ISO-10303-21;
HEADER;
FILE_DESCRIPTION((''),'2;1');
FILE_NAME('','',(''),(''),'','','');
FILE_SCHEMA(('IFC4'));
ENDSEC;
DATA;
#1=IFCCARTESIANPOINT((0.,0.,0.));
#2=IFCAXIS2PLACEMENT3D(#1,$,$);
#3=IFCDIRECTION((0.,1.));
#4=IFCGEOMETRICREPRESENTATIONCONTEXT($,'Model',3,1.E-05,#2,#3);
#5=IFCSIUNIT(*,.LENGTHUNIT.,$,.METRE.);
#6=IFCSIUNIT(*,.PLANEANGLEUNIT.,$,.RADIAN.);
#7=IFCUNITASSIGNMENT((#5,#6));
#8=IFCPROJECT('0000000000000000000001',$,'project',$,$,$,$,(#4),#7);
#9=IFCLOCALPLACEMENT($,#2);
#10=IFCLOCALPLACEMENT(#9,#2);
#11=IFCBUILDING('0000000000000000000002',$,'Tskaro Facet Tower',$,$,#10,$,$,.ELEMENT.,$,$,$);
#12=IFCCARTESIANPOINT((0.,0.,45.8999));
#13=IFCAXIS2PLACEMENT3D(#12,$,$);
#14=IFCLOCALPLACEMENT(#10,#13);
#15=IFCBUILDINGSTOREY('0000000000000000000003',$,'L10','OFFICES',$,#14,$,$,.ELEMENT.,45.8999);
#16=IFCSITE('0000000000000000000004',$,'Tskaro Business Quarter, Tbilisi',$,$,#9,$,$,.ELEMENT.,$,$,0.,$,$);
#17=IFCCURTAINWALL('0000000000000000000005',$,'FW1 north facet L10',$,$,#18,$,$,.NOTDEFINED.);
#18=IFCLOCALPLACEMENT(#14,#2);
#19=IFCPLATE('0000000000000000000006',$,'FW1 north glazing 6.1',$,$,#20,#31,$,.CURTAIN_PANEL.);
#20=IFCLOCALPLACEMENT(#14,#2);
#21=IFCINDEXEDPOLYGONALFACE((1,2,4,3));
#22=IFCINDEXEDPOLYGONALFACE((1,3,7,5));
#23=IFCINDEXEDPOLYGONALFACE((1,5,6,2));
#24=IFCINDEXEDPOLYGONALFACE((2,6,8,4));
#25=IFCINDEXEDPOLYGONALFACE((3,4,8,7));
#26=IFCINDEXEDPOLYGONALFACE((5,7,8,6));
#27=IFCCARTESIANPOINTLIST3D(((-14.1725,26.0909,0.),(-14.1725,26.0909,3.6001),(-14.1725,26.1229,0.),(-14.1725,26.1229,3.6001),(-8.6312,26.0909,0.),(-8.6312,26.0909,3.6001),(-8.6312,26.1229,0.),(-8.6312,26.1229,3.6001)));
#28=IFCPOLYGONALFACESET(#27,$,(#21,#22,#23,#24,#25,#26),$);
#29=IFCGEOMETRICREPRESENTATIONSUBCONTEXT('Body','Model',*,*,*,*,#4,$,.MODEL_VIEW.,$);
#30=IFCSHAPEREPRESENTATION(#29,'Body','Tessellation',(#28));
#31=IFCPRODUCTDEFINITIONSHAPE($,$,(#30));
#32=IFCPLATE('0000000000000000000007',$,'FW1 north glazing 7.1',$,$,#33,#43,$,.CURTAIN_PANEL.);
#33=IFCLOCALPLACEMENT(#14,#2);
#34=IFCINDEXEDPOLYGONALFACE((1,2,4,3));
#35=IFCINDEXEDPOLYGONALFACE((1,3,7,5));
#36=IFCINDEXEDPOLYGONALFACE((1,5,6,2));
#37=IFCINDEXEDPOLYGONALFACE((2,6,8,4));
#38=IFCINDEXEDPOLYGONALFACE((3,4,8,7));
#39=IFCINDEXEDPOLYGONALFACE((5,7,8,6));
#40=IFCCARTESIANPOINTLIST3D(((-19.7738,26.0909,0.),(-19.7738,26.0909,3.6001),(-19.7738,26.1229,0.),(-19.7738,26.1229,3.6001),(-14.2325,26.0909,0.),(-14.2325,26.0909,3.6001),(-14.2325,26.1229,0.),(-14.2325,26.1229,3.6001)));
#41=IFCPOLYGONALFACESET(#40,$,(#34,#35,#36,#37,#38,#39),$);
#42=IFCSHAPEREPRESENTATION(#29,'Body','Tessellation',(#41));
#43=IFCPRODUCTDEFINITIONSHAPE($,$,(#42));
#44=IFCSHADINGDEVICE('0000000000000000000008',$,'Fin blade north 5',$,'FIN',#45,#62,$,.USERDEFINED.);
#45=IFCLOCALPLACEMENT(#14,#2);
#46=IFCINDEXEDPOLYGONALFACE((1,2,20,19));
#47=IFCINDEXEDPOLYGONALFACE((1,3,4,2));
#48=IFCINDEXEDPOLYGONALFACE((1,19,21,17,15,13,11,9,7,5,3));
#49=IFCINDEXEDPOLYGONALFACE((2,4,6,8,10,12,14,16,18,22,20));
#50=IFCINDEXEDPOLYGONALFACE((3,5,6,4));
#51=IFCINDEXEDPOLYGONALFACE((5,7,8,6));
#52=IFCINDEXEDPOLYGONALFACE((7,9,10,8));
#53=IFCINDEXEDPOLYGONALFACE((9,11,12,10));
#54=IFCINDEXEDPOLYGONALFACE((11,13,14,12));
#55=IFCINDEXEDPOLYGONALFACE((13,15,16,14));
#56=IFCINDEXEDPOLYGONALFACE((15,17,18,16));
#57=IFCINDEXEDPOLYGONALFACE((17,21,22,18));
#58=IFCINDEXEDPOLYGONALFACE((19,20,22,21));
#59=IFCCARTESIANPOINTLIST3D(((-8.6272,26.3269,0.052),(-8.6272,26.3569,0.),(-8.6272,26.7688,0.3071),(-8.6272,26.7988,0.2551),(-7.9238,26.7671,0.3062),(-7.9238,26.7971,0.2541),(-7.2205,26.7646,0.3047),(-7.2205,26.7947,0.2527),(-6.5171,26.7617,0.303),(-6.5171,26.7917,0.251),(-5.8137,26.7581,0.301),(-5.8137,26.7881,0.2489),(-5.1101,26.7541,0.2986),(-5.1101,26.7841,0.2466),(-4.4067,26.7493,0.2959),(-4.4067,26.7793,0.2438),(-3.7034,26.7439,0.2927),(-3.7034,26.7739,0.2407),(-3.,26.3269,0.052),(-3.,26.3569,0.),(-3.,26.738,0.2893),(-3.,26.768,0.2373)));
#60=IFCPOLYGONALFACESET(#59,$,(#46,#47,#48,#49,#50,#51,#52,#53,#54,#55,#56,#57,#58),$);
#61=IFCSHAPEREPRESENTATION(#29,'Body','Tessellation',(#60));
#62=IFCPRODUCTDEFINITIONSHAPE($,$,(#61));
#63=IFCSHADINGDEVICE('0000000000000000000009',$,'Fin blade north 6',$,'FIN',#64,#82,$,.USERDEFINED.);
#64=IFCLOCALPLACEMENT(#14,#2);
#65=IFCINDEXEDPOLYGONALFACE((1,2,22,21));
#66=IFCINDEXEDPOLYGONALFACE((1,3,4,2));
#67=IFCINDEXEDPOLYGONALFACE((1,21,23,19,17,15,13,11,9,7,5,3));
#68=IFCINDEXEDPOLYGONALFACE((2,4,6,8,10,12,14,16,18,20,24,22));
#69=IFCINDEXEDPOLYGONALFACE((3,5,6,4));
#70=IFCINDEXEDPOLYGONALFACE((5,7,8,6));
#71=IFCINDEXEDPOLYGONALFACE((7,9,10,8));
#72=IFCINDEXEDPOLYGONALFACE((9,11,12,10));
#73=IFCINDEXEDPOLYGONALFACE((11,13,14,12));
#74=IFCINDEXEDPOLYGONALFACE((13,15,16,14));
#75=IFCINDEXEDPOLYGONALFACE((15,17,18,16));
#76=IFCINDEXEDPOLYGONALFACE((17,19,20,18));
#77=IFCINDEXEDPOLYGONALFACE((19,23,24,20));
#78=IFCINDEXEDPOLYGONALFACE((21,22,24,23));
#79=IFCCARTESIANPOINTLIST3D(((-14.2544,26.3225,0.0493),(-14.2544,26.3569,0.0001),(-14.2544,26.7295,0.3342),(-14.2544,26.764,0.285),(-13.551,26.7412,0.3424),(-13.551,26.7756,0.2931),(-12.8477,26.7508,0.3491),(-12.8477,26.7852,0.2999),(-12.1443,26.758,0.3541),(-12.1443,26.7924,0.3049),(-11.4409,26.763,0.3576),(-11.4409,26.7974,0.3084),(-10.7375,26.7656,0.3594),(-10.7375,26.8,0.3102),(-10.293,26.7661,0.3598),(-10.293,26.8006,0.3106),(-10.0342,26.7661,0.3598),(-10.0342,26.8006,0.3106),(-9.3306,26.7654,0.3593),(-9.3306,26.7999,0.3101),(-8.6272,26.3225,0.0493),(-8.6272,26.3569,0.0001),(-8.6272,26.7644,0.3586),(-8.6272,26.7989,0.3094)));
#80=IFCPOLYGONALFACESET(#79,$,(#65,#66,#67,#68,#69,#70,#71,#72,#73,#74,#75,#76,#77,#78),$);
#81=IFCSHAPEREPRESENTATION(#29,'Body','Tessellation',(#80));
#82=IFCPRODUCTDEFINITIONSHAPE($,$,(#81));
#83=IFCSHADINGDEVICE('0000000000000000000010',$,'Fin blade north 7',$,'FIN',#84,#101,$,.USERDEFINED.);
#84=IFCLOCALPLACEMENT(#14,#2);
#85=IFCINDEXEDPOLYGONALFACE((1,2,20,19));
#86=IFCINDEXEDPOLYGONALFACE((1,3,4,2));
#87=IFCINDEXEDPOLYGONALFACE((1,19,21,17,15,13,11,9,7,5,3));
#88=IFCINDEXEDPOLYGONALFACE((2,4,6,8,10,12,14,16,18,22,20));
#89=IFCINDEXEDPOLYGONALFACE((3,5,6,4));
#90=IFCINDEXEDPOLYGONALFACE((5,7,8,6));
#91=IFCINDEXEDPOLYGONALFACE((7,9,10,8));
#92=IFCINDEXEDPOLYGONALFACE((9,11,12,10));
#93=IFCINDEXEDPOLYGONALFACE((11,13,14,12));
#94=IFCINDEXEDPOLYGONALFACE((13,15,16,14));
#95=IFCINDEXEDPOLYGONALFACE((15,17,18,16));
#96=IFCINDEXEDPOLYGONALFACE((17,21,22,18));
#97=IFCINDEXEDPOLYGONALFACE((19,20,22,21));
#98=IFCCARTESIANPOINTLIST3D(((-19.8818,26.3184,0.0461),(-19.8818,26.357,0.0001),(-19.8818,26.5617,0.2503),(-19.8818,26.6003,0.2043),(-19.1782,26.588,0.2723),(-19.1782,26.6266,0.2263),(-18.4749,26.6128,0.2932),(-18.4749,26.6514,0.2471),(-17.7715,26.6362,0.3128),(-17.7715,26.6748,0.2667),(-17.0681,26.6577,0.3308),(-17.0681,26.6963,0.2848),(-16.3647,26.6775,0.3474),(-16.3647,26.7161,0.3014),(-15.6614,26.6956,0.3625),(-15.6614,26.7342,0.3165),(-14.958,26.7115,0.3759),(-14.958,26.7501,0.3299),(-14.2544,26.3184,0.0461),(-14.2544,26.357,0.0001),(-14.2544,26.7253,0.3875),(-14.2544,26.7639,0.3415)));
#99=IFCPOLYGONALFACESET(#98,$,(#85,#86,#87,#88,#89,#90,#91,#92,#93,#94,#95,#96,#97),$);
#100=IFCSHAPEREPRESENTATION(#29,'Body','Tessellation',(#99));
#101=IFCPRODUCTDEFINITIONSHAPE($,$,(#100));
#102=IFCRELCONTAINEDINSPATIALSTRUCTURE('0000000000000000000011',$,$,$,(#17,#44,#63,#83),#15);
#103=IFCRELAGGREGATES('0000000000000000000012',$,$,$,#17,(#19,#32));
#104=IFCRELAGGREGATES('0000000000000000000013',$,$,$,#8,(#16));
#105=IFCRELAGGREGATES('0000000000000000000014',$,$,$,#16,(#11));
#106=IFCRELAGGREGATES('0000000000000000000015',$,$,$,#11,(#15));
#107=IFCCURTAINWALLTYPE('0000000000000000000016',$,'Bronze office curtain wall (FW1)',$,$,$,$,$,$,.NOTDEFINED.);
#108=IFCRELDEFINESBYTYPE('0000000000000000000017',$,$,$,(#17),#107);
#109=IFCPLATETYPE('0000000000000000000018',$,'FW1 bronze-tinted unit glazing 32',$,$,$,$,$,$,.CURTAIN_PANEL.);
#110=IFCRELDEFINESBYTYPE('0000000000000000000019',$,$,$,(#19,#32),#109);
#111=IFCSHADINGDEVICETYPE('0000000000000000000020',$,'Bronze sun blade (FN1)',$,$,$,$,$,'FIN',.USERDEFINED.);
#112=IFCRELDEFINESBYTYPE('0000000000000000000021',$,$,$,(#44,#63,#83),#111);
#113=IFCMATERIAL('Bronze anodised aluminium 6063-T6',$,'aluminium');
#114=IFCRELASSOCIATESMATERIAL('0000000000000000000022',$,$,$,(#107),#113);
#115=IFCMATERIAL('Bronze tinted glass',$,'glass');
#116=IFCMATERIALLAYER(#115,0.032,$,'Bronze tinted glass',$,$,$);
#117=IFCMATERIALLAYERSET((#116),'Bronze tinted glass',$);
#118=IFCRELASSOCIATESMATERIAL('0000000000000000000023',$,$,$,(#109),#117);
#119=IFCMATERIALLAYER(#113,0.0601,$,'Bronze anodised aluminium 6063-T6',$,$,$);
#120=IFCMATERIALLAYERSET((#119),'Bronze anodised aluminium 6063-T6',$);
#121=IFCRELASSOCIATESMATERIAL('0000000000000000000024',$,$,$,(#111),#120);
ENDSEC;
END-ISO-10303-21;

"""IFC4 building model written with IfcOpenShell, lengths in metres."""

from ifc_helpers import new_model, si_unit, direction, frame, origin, origin_2d, place, context, subcontext, project, spatial, polyline, rectangle, outline, extrude, material, layer, layer_set, type_object, element, aggregate, save


model = new_model("IFC4")

# Units and contexts
model_context = context("Model", 3, precision=1e-05, world=origin(), true_north=direction((0.0, 1.0)))
body_context = subcontext(model_context, "Body", "Model", "MODEL_VIEW")
ifc_project = project(units=[si_unit("LENGTHUNIT", "METRE"), si_unit("PLANEANGLEUNIT", "RADIAN")], contexts=[model_context])

# Site, building, storey
site_placement = place(None, origin())
site = spatial("IfcSite", under=ifc_project, at=site_placement, Name="Tskaro Business Quarter, Tbilisi", CompositionType="ELEMENT", RefElevation=0.0)
building_placement = place(site_placement, origin())
building = spatial("IfcBuilding", under=site, at=building_placement, Name="Tskaro Facet Tower", CompositionType="ELEMENT")
storey_placement = place(building_placement, frame((0.0, 0.0, 45.8999)))
storey = spatial("IfcBuildingStorey", under=building, at=storey_placement, Name="L10", Description="OFFICES", CompositionType="ELEMENT", Elevation=45.8999)

# Curtain wall
ifc_material_1 = material(Name="Bronze anodised aluminium 6063-T6", Category="aluminium")
curtain_wall_type = type_object("IfcCurtainWallType", Name="Bronze office curtain wall (FW1)", PredefinedType="NOTDEFINED", material=ifc_material_1)
curtain_wall_placement = place(storey_placement, origin())
curtain_wall = element("IfcCurtainWall", 1, at=curtain_wall_placement, inside=storey, type_object=curtain_wall_type, Name="FW1 north facet L10", PredefinedType="NOTDEFINED")

# Plates
ifc_material_2 = material(Name="Bronze tinted glass", Category="glass")
ifc_layer_1 = layer(ifc_material_2, 0.032, Name="Bronze tinted glass")
ifc_layer_set_1 = layer_set([ifc_layer_1], Name="Bronze tinted glass")
plate_type = type_object("IfcPlateType", Name="FW1 bronze-tinted unit glazing 32", PredefinedType="CURTAIN_PANEL", material=ifc_layer_set_1)
plate_1_placement = place(storey_placement, frame((-11.4019, 26.1069, 0.0), z_axis=(0.0, 0.0, 1.0), x_axis=(-1.0, 0.0, 0.0)))
plate_1 = element("IfcPlate", 2, at=plate_1_placement, type_object=plate_type, Name="FW1 north glazing 6.1", PredefinedType="CURTAIN_PANEL", context=body_context, shape_type="SweptSolid", body=[
    extrude(rectangle(XDim=5.5413, YDim=0.032, at=origin_2d()), origin(), (0.0, 0.0, 1.0), 3.6001),
])
plate_2_placement = place(storey_placement, frame((-17.0032, 26.1069, 0.0), z_axis=(0.0, 0.0, 1.0), x_axis=(-1.0, 0.0, 0.0)))
plate_2 = element("IfcPlate", 3, at=plate_2_placement, type_object=plate_type, Name="FW1 north glazing 7.1", PredefinedType="CURTAIN_PANEL", context=body_context, shape_type="SweptSolid", body=[
    extrude(rectangle(XDim=5.5413, YDim=0.032, at=origin_2d()), origin(), (0.0, 0.0, 1.0), 3.6001),
])
aggregate(curtain_wall, [plate_1, plate_2])

# Shading devices
ifc_layer_2 = layer(ifc_material_1, 0.0601, Name="Bronze anodised aluminium 6063-T6")
ifc_layer_set_2 = layer_set([ifc_layer_2], Name="Bronze anodised aluminium 6063-T6")
shading_device_type = type_object("IfcShadingDeviceType", Name="Bronze sun blade (FN1)", ElementType="FIN", PredefinedType="USERDEFINED", material=ifc_layer_set_2)
shading_device_1_placement = place(storey_placement, frame((-3.0, 26.3269, 0.052), z_axis=(0.000005, -0.49998, 0.866037), x_axis=(-1.0, -0.000002, 0.000004)))
element("IfcShadingDevice", 4, at=shading_device_1_placement, inside=storey, type_object=shading_device_type, Name="Fin blade north 5", ObjectType="FIN", PredefinedType="USERDEFINED", context=body_context, shape_type="SweptSolid", body=[
    extrude(outline(polyline([(0.0, 0.0), (5.6272, 0.0), (5.6272, -0.5103), (4.9238, -0.5083), (4.2205, -0.5054), (3.5171, -0.502), (2.8137, -0.4979), (2.1101, -0.4933), (1.4067, -0.4877), (0.7034, -0.4815), (0.0, -0.4747), (0.0, 0.0)])), origin(), (0.0, 0.0, -1.0), 0.0601),
])
shading_device_2_placement = place(storey_placement, frame((-8.6272, 26.3225, 0.0493), z_axis=(0.000001, -0.573426, 0.819257), x_axis=(-1.0, -0.000001, 0.000001)))
element("IfcShadingDevice", 5, at=shading_device_2_placement, inside=storey, type_object=shading_device_type, Name="Fin blade north 6", ObjectType="FIN", PredefinedType="USERDEFINED", context=body_context, shape_type="SweptSolid", body=[
    extrude(outline(polyline([(0.0, 0.0), (5.6272, 0.0), (5.6272, -0.4968), (4.9238, -0.511), (4.2205, -0.5227), (3.5171, -0.5315), (2.8137, -0.5376), (2.1104, -0.5408), (1.6658, -0.5415), (1.407, -0.5415), (0.7034, -0.5406), (0.0, -0.5394), (0.0, 0.0)])), origin(), (0.0, 0.0, -1.0), 0.0601),
])
shading_device_3_placement = place(storey_placement, frame((-14.2544, 26.3184, 0.0461), z_axis=(0.000001, -0.642649, 0.76616), x_axis=(-1.0, -0.000001, 0.000001)))
element("IfcShadingDevice", 6, at=shading_device_3_placement, inside=storey, type_object=shading_device_type, Name="Fin blade north 7", ObjectType="FIN", PredefinedType="USERDEFINED", context=body_context, shape_type="SweptSolid", body=[
    extrude(outline(polyline([(0.0, 0.0), (5.6274, 0.0), (5.6274, -0.3177), (4.9238, -0.352), (4.2205, -0.3844), (3.5171, -0.4149), (2.8137, -0.4429), (2.1104, -0.4688), (1.407, -0.4923), (0.7036, -0.5131), (0.0, -0.5312), (0.0, 0.0)])), origin(), (0.0, 0.0, -1.0), 0.0601),
])

save(model, "model.ifc")
